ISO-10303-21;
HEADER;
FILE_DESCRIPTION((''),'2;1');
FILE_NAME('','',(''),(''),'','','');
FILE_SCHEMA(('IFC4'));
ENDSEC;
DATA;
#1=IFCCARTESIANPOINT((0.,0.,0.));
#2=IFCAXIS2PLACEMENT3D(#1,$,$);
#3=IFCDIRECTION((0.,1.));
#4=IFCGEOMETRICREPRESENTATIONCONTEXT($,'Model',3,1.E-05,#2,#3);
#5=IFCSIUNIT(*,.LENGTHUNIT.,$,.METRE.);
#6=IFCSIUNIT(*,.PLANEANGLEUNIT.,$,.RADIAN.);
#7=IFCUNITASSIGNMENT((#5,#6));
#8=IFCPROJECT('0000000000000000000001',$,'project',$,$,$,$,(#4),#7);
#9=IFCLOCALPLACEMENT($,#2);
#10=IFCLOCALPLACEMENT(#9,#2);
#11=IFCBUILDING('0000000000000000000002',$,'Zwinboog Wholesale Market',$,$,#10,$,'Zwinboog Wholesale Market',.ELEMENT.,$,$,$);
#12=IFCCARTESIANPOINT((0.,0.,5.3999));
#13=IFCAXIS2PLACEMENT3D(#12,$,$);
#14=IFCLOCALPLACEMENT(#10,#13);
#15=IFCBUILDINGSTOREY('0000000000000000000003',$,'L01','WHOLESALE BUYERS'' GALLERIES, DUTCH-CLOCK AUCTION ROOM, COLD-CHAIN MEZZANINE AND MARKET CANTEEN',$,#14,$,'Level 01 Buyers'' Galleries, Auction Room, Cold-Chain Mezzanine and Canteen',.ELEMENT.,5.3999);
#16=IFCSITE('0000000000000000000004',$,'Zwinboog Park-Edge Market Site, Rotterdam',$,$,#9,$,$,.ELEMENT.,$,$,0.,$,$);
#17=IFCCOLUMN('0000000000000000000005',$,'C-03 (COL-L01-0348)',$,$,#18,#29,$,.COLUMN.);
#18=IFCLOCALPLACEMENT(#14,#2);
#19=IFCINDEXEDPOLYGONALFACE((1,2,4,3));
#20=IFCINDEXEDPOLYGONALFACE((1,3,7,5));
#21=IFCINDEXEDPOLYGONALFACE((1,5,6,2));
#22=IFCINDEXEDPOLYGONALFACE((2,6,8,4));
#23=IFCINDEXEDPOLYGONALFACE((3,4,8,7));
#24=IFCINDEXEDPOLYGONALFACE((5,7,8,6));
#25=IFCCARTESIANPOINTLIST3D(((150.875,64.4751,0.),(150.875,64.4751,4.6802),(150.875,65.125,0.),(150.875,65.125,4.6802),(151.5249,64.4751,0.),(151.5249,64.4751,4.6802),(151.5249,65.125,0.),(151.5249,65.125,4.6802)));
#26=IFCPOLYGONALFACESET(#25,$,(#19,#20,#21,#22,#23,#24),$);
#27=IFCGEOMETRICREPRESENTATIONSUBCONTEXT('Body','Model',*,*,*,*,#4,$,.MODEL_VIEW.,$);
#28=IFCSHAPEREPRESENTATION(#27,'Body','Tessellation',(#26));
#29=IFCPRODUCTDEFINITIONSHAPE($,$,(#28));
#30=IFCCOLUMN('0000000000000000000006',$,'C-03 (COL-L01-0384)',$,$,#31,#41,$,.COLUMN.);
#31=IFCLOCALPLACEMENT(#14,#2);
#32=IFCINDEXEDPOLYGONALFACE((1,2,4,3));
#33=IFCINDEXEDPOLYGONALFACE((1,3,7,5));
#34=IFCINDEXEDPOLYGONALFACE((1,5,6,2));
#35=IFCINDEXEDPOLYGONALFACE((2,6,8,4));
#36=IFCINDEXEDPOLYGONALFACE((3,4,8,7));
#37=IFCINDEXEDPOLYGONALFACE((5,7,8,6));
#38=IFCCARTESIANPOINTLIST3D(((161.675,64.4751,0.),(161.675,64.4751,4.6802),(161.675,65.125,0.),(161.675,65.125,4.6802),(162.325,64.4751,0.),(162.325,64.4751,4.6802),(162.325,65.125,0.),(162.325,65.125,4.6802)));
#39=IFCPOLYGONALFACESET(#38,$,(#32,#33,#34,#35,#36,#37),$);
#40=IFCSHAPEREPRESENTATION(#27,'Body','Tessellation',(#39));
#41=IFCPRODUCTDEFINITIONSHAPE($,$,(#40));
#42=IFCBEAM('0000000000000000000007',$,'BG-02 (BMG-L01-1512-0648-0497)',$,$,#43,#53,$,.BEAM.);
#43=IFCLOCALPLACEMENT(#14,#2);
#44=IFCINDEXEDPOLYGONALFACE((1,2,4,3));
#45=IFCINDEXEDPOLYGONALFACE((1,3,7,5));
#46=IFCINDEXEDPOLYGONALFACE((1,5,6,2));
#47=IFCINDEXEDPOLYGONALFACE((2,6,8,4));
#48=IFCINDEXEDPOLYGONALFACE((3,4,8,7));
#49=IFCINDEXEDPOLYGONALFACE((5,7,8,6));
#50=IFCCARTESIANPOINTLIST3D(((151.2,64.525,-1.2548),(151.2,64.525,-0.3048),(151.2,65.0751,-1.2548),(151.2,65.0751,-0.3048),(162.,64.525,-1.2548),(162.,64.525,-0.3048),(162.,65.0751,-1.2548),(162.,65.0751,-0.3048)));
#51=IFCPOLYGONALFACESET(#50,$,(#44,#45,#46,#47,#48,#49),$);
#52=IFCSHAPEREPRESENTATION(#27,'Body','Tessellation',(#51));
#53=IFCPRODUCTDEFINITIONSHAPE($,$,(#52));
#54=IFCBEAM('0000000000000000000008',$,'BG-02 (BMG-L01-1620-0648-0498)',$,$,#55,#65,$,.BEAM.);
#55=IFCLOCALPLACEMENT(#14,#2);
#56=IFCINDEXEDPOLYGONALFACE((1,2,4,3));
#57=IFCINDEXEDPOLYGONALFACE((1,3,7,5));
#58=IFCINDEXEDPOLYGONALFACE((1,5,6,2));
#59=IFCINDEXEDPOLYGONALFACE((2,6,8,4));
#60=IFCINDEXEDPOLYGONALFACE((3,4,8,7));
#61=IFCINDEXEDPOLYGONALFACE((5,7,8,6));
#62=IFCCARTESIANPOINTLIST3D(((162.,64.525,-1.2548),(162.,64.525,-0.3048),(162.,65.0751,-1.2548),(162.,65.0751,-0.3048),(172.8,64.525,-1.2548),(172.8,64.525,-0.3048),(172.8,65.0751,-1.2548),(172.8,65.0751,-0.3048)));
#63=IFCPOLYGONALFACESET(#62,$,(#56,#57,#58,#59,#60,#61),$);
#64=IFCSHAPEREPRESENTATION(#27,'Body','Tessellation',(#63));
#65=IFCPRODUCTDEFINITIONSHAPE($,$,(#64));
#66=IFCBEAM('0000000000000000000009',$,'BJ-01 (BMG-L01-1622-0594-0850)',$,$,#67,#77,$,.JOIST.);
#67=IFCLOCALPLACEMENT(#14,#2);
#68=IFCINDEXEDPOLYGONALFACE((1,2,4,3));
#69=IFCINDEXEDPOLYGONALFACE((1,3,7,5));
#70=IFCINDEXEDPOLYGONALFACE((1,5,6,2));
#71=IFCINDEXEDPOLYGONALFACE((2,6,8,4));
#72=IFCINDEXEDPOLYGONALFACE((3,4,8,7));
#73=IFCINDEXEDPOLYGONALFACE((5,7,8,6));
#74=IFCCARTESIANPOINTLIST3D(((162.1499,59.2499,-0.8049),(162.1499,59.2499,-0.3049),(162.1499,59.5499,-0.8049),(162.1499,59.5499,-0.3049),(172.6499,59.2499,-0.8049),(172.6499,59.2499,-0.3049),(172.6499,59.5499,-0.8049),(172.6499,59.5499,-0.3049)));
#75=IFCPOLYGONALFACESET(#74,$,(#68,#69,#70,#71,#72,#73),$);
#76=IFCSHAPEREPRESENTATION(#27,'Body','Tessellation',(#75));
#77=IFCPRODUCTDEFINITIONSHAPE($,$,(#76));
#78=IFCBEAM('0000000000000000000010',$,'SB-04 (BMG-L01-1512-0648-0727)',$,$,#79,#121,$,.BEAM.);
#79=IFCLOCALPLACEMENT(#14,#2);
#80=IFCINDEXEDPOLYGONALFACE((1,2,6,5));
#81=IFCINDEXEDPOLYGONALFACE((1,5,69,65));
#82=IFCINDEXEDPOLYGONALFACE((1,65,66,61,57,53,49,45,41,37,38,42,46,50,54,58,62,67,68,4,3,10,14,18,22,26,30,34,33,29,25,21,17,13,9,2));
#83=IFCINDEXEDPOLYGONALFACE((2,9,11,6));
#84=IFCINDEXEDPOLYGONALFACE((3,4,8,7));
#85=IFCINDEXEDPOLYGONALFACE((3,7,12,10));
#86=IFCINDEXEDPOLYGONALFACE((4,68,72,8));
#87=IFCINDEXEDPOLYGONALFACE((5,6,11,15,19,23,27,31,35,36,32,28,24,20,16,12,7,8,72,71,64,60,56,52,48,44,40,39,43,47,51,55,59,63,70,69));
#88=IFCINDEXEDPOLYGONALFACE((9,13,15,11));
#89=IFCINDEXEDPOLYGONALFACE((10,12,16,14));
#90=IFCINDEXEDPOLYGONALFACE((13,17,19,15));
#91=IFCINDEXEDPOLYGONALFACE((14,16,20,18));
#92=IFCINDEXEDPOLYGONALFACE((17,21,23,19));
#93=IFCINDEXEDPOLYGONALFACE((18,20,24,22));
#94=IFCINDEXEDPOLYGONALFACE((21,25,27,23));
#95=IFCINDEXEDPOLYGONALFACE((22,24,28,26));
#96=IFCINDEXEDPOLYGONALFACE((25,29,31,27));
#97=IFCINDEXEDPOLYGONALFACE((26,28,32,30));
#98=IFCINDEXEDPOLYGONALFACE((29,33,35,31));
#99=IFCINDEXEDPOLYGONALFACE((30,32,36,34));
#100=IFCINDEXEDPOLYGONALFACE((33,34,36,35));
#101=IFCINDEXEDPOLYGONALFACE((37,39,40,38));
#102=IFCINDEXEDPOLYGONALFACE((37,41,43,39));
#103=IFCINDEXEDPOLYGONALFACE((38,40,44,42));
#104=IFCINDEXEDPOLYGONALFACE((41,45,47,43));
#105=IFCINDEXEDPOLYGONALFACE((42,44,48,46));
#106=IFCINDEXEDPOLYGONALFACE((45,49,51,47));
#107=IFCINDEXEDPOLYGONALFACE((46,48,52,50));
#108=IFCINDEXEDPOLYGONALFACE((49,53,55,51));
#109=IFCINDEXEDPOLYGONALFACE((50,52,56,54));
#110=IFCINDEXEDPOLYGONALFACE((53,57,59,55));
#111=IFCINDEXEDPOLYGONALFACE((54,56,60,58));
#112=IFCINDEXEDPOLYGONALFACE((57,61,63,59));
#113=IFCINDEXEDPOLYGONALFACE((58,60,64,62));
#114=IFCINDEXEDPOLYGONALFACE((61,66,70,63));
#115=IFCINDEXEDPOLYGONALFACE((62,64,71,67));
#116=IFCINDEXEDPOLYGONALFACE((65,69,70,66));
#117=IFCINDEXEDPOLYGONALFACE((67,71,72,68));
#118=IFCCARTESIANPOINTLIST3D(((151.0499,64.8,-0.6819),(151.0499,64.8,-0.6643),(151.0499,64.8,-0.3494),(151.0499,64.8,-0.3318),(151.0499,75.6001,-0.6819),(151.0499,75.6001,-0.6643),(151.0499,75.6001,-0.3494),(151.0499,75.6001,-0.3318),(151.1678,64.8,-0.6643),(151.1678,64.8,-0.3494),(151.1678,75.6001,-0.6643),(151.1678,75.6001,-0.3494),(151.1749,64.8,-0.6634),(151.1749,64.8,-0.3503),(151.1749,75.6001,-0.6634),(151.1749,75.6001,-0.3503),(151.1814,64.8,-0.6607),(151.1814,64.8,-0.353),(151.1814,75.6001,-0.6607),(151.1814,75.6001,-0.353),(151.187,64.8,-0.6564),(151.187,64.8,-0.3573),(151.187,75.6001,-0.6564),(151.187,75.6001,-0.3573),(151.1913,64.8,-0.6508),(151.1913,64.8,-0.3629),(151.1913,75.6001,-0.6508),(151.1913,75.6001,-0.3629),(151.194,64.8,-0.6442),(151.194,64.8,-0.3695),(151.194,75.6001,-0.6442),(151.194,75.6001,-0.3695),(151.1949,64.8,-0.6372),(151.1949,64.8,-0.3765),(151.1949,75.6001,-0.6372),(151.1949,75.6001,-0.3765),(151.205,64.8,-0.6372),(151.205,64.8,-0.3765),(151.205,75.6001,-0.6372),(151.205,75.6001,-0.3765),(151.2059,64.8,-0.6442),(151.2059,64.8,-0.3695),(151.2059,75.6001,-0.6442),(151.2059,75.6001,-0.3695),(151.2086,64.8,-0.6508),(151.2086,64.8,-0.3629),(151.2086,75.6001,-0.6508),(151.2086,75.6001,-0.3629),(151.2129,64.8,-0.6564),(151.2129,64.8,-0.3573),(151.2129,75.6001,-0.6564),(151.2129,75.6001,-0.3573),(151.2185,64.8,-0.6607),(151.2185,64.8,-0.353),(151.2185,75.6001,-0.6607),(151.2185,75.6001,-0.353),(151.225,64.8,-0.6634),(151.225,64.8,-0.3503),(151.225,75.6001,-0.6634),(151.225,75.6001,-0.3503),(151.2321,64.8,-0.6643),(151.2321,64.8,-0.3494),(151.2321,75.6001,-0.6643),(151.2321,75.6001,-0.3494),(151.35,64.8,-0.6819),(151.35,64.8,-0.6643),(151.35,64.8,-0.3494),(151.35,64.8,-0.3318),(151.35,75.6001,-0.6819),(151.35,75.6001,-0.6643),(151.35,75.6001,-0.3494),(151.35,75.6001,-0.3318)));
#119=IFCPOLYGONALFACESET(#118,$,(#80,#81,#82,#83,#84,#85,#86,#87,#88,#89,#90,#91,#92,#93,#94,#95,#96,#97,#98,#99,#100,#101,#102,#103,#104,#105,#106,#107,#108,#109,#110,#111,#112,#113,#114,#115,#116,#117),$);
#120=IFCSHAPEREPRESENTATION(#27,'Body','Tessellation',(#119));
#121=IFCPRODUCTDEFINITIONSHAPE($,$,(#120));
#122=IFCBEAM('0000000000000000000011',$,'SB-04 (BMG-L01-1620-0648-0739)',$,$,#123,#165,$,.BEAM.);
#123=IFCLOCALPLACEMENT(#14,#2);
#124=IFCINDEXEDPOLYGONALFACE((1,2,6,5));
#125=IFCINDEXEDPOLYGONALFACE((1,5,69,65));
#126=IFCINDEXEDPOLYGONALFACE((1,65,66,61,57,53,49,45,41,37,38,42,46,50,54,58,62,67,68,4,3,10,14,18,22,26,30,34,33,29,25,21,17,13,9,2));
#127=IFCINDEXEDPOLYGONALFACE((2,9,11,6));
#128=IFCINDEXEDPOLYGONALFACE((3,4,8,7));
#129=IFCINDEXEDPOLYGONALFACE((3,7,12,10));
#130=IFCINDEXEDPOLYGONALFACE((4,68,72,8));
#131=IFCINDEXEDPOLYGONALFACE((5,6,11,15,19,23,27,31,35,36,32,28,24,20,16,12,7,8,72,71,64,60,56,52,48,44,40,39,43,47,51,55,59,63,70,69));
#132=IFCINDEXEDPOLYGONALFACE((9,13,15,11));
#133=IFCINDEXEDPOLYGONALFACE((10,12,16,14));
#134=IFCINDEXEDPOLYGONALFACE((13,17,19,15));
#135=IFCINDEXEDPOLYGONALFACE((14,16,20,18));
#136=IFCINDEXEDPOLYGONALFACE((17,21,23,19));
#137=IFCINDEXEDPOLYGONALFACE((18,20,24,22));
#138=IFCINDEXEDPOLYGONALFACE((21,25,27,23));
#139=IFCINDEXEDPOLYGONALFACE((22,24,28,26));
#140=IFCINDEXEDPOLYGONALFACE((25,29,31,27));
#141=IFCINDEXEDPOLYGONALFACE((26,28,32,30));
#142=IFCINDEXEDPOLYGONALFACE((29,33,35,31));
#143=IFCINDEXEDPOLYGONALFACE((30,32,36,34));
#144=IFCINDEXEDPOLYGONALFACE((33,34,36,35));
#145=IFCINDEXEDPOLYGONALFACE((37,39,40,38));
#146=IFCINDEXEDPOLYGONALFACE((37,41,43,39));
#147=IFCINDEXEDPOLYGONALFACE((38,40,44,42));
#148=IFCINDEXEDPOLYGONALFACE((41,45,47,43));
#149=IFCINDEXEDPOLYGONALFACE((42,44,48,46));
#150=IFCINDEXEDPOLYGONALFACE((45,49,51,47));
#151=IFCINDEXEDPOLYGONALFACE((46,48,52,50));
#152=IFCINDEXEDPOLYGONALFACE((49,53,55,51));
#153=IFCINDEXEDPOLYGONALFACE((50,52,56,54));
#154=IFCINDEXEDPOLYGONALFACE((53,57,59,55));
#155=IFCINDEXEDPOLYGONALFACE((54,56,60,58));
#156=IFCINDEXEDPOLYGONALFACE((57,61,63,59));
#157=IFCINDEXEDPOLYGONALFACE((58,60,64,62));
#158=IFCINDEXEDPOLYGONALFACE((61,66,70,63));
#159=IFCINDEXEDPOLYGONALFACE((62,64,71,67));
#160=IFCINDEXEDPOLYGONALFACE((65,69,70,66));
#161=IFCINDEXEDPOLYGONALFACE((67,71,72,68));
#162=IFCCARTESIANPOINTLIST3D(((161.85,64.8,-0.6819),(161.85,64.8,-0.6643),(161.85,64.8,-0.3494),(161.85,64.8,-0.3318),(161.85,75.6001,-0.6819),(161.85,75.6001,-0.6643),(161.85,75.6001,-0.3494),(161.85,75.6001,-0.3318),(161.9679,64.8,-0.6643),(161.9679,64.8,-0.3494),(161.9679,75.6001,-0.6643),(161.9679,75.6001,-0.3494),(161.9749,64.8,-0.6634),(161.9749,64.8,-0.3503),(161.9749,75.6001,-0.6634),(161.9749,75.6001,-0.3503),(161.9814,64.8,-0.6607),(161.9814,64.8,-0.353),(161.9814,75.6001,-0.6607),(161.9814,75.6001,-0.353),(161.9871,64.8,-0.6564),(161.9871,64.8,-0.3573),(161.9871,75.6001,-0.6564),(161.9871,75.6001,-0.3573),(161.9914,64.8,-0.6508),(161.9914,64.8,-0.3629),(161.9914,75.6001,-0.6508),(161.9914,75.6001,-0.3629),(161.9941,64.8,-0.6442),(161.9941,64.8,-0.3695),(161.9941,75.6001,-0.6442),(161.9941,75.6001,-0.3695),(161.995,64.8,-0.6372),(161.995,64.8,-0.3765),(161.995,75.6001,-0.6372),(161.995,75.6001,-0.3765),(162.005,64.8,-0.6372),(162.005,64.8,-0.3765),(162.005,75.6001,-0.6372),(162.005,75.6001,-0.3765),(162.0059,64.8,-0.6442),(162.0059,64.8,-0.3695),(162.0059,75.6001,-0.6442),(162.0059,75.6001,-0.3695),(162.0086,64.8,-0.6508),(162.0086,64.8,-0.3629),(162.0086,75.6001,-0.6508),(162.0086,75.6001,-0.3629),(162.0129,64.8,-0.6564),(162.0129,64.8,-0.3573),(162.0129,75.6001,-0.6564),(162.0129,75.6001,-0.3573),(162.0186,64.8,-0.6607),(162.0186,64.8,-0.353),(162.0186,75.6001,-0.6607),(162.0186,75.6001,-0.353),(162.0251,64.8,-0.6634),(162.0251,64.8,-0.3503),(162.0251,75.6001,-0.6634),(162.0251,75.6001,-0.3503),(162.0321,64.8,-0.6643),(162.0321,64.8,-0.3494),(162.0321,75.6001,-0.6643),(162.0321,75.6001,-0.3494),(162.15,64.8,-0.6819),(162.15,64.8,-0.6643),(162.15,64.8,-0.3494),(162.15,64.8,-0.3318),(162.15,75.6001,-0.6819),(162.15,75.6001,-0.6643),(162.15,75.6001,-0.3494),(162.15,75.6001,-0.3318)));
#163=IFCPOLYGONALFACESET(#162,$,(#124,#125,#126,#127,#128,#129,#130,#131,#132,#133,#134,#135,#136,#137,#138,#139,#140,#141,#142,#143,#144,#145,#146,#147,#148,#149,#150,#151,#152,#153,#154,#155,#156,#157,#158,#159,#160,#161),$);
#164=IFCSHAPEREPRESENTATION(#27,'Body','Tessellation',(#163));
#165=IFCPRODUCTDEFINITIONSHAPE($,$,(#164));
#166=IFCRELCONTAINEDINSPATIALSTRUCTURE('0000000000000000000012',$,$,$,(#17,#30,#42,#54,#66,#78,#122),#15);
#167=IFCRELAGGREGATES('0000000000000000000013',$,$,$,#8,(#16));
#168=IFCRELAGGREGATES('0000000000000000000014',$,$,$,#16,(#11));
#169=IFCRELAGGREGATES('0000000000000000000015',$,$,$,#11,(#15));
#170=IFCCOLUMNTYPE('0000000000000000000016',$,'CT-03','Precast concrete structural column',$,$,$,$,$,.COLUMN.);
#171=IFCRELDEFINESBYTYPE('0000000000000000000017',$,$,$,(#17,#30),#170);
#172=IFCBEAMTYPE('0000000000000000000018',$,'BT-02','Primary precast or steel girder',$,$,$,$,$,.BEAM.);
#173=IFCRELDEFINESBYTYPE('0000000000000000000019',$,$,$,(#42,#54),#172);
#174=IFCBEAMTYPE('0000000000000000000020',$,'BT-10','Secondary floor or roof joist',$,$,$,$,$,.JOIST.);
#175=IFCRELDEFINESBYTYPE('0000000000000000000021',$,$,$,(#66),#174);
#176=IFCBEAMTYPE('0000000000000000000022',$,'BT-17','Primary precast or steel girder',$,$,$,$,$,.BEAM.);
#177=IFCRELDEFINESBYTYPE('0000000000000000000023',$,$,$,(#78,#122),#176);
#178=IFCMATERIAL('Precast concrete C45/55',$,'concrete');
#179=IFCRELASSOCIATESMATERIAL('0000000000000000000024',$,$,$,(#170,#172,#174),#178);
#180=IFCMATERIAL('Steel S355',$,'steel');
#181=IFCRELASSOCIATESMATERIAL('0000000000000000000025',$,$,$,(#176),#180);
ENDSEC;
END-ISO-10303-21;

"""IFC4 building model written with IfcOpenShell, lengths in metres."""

from ifc_helpers import new_model, si_unit, direction, frame, origin, origin_2d, place, context, subcontext, project, spatial, rectangle, i_section, extrude, material, material_profile, profile_set, type_object, element, save


model = new_model("IFC4")

# Units and contexts
model_context = context("Model", 3, precision=1e-05, world=origin(), true_north=direction((0.0, 1.0)))
body_context = subcontext(model_context, "Body", "Model", "MODEL_VIEW")
ifc_project = project(units=[si_unit("LENGTHUNIT", "METRE"), si_unit("PLANEANGLEUNIT", "RADIAN")], contexts=[model_context])

# Site, building, storey
site_placement = place(None, origin())
site = spatial("IfcSite", under=ifc_project, at=site_placement, Name="Zwinboog Park-Edge Market Site, Rotterdam", CompositionType="ELEMENT", RefElevation=0.0)
building_placement = place(site_placement, origin())
building = spatial("IfcBuilding", under=site, at=building_placement, Name="Zwinboog Wholesale Market", LongName="Zwinboog Wholesale Market", CompositionType="ELEMENT")
storey_placement = place(building_placement, frame((0.0, 0.0, 5.3999)))
storey = spatial("IfcBuildingStorey", under=building, at=storey_placement, Name="L01", Description="WHOLESALE BUYERS' GALLERIES, DUTCH-CLOCK AUCTION ROOM, COLD-CHAIN MEZZANINE AND MARKET CANTEEN", LongName="Level 01 Buyers' Galleries, Auction Room, Cold-Chain Mezzanine and Canteen", CompositionType="ELEMENT", Elevation=5.3999)

# Columns
ifc_material_1 = material(Name="Precast concrete C45/55", Category="concrete")
ifc_material_profile_1 = material_profile(ifc_material_1, rectangle(XDim=0.6499, YDim=0.6499, at=origin_2d()), Name="PC 650x650")
ifc_profile_set_1 = profile_set([ifc_material_profile_1], Name="Precast concrete C45/55")
column_type = type_object("IfcColumnType", Name="CT-03", Description="Precast concrete structural column", PredefinedType="COLUMN", material=ifc_profile_set_1)
for number, where, z_axis, x_axis, name in (
    (1, (151.2, 64.8, 0.0), (0.0, 0.0, 1.0), (1.0, 0.0, 0.0), "C-03 (COL-L01-0348)"),
    (2, (162.0, 64.8, 0.0), (0.0, 0.0, 1.0), (1.0, 0.0, 0.0), "C-03 (COL-L01-0384)"),
):
    element("IfcColumn", number, at=place(storey_placement, frame(where, z_axis=z_axis, x_axis=x_axis)), inside=storey, type_object=column_type, Name=name, PredefinedType="COLUMN", context=body_context, shape_type="SweptSolid", body=[
        extrude(rectangle(XDim=0.6499, YDim=0.6499, at=origin_2d()), origin(), (0.0, 0.0, 1.0), 4.6802),
    ])

# Beams
ifc_material_profile_2 = material_profile(ifc_material_1, rectangle(XDim=0.55, YDim=0.95, at=origin_2d()), Name="PC 550x950")
ifc_profile_set_2 = profile_set([ifc_material_profile_2], Name="Precast concrete C45/55")
beam_type_1 = type_object("IfcBeamType", Name="BT-02", Description="Primary precast or steel girder", PredefinedType="BEAM", material=ifc_profile_set_2)
for number, where, z_axis, x_axis, name in (
    (3, (151.2, 64.8, -0.7798), (1.0, 0.0, 0.0), (0.0, 1.0, 0.0), "BG-02 (BMG-L01-1512-0648-0497)"),
    (4, (162.0, 64.8, -0.7798), (1.0, 0.0, 0.0), (0.0, 1.0, 0.0), "BG-02 (BMG-L01-1620-0648-0498)"),
):
    element("IfcBeam", number, at=place(storey_placement, frame(where, z_axis=z_axis, x_axis=x_axis)), inside=storey, type_object=beam_type_1, Name=name, PredefinedType="BEAM", context=body_context, shape_type="SweptSolid", body=[
        extrude(rectangle(XDim=0.55, YDim=0.95, at=origin_2d()), origin(), (0.0, 0.0, 1.0), 10.8),
    ])
ifc_material_profile_3 = material_profile(ifc_material_1, rectangle(XDim=0.3, YDim=0.5, at=origin_2d()), Name="PC 300x500")
ifc_profile_set_3 = profile_set([ifc_material_profile_3], Name="Precast concrete C45/55")
beam_type_2 = type_object("IfcBeamType", Name="BT-10", Description="Secondary floor or roof joist", PredefinedType="JOIST", material=ifc_profile_set_3)
beam_1_placement = place(storey_placement, frame((162.1499, 59.3999, -0.5549), z_axis=(1.0, 0.0, 0.0), x_axis=(0.0, 1.0, 0.0)))
element("IfcBeam", 5, at=beam_1_placement, inside=storey, type_object=beam_type_2, Name="BJ-01 (BMG-L01-1622-0594-0850)", PredefinedType="JOIST", context=body_context, shape_type="SweptSolid", body=[
    extrude(rectangle(XDim=0.3, YDim=0.5, at=origin_2d()), origin(), (0.0, 0.0, 1.0), 10.5),
])
ifc_material_2 = material(Name="Steel S355", Category="steel")
ifc_material_profile_4 = material_profile(ifc_material_2, i_section(OverallWidth=0.3, OverallDepth=0.3501, WebThickness=0.01, FlangeThickness=0.0176, FilletRadius=0.0271, at=origin_2d()), Name="HEA 360")
ifc_profile_set_4 = profile_set([ifc_material_profile_4], Name="Steel S355")
beam_type_3 = type_object("IfcBeamType", Name="BT-17", Description="Primary precast or steel girder", PredefinedType="BEAM", material=ifc_profile_set_4)
for number, where, z_axis, x_axis, name in (
    (6, (151.2, 64.8, -0.5068), (0.0, 1.0, 0.0), (-1.0, 0.0, 0.0), "SB-04 (BMG-L01-1512-0648-0727)"),
    (7, (162.0, 64.8, -0.5068), (0.0, 1.0, 0.0), (-1.0, 0.0, 0.0), "SB-04 (BMG-L01-1620-0648-0739)"),
):
    element("IfcBeam", number, at=place(storey_placement, frame(where, z_axis=z_axis, x_axis=x_axis)), inside=storey, type_object=beam_type_3, Name=name, PredefinedType="BEAM", context=body_context, shape_type="SweptSolid", body=[
        extrude(i_section(OverallWidth=0.3, OverallDepth=0.3501, WebThickness=0.01, FlangeThickness=0.0176, FilletRadius=0.0271, at=origin_2d()), origin(), (0.0, 0.0, 1.0), 10.8),
    ])

save(model, "model.ifc")
